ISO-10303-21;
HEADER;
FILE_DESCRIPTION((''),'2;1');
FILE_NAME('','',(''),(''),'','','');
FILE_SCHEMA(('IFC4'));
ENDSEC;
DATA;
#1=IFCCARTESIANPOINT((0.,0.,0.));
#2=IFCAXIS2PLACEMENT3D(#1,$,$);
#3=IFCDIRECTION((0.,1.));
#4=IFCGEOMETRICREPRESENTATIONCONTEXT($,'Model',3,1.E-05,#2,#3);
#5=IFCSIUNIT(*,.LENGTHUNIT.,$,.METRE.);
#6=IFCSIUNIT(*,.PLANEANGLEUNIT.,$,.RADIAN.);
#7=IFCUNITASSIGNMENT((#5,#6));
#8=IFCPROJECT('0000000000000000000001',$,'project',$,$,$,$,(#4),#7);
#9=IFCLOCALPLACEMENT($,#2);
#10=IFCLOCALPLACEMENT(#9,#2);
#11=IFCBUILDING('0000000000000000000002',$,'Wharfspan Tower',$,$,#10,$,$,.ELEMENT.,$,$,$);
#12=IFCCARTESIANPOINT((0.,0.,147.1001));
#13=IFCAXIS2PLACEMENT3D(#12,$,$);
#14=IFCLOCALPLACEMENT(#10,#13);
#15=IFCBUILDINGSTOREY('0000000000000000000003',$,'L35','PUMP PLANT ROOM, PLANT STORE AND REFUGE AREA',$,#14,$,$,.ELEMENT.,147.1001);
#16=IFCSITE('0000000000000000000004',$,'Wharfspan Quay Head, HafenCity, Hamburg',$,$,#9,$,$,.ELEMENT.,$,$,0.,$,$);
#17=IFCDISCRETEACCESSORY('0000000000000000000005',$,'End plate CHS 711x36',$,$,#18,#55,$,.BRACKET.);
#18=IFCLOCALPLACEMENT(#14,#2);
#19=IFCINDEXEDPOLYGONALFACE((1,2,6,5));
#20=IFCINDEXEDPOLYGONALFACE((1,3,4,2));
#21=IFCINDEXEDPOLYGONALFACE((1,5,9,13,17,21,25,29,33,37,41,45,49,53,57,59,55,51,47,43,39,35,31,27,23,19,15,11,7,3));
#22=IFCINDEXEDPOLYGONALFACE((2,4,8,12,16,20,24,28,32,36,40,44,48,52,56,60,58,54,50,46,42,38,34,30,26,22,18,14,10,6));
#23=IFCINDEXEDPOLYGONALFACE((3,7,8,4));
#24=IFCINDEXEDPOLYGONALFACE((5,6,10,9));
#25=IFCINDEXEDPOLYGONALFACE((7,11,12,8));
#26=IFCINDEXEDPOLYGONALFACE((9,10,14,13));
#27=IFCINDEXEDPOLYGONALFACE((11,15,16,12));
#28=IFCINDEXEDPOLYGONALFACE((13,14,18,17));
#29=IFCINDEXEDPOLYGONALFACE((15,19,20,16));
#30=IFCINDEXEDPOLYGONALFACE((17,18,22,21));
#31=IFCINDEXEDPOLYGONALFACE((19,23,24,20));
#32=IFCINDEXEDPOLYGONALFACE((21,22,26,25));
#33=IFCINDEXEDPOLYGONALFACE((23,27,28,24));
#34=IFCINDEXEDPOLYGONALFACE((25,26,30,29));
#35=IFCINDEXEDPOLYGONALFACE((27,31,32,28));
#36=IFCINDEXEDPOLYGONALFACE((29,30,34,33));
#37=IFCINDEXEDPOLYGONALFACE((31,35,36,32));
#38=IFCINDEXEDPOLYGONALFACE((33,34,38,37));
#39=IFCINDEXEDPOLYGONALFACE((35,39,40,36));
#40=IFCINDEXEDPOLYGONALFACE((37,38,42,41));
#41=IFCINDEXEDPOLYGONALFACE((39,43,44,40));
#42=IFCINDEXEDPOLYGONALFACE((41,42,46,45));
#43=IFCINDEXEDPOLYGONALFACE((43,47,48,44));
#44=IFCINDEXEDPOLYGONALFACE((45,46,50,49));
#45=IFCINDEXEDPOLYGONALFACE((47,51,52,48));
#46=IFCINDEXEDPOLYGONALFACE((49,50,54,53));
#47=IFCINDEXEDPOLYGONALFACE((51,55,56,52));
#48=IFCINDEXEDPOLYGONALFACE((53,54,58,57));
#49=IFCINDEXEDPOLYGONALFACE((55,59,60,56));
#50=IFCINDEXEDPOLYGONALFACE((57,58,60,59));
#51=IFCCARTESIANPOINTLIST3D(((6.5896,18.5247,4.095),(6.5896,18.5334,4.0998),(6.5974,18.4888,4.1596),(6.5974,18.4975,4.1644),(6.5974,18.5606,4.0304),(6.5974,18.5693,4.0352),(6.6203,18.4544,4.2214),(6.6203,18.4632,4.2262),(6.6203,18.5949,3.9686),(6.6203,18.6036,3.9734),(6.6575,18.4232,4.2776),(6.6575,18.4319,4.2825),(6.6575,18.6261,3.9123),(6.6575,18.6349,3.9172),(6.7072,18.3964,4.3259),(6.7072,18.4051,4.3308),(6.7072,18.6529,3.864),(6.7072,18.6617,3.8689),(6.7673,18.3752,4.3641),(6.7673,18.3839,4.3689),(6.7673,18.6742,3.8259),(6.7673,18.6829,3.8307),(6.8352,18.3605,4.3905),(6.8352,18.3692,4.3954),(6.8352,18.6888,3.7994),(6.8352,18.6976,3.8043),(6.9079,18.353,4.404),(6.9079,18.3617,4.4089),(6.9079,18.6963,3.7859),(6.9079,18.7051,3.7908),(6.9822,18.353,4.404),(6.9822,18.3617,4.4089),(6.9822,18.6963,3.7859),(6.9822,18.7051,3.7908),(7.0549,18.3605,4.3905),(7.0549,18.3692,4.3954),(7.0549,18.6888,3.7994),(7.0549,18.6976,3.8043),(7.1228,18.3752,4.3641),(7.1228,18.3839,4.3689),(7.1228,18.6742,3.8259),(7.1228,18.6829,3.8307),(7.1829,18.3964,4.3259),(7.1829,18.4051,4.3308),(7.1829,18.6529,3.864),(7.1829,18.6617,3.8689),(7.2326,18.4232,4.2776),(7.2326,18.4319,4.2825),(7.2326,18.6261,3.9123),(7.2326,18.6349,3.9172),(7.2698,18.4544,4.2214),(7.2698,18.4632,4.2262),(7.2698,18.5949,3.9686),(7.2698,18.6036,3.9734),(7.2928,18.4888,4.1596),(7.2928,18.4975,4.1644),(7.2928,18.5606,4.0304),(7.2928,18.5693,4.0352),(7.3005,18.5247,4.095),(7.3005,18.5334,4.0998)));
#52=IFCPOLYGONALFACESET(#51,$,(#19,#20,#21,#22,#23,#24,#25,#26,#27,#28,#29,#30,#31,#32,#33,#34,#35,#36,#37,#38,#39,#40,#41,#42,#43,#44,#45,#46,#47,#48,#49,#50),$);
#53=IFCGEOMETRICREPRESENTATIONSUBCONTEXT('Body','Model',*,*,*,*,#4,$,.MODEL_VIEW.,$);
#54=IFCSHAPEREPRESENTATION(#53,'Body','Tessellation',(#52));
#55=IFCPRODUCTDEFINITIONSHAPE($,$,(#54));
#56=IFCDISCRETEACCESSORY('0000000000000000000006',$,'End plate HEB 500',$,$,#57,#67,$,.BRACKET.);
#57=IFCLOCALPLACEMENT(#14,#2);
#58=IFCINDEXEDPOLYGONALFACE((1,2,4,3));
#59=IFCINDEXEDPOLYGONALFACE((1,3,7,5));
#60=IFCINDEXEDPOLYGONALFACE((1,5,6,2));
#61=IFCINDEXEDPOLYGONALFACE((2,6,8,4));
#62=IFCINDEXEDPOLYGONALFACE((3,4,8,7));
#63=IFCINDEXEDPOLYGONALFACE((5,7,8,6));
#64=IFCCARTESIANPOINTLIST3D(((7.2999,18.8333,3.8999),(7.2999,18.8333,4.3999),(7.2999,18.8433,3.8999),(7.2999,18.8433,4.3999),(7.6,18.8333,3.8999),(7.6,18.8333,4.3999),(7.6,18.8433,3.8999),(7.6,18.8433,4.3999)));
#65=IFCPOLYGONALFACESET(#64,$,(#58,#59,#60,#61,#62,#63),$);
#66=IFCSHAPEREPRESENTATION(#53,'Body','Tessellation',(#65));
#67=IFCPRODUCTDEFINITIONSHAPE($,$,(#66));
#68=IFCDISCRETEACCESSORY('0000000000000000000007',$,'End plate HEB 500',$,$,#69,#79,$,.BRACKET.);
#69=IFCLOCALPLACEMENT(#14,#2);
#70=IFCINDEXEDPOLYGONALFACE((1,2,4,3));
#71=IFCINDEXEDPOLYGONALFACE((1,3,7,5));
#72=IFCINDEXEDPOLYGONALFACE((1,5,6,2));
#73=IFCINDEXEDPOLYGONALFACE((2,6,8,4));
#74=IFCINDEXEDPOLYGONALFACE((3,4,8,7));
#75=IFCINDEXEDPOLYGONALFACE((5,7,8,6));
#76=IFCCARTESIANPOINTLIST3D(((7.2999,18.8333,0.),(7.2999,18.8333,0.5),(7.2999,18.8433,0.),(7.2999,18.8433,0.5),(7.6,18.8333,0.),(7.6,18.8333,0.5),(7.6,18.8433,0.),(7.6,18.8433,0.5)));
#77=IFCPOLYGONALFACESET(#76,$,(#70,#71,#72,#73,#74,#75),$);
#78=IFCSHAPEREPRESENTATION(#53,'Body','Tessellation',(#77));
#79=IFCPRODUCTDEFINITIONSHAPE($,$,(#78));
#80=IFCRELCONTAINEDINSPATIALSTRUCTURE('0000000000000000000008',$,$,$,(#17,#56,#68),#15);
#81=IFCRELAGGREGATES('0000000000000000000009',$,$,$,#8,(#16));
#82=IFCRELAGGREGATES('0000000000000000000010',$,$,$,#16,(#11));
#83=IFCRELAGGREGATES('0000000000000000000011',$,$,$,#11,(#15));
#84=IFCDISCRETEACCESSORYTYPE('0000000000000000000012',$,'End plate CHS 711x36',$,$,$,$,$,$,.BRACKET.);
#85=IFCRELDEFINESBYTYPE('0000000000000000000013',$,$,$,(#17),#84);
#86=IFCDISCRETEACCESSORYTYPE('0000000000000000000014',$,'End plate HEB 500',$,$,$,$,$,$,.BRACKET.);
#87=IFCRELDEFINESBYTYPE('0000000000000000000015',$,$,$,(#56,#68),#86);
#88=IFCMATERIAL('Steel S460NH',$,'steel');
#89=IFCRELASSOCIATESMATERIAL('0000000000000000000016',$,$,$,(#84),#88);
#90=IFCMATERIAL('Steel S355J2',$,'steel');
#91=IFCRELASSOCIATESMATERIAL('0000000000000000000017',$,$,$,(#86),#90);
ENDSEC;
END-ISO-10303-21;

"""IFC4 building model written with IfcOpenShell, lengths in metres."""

from ifc_helpers import new_model, si_unit, direction, frame, origin, origin_2d, place, context, subcontext, project, spatial, rectangle, circle, extrude, material, material_profile, profile_set, type_object, element, save


model = new_model("IFC4")

# Units and contexts
model_context = context("Model", 3, precision=1e-05, world=origin(), true_north=direction((0.0, 1.0)))
body_context = subcontext(model_context, "Body", "Model", "MODEL_VIEW")
ifc_project = project(units=[si_unit("LENGTHUNIT", "METRE"), si_unit("PLANEANGLEUNIT", "RADIAN")], contexts=[model_context])

# Site, building, storey
site_placement = place(None, origin())
site = spatial("IfcSite", under=ifc_project, at=site_placement, Name="Wharfspan Quay Head, HafenCity, Hamburg", CompositionType="ELEMENT", RefElevation=0.0)
building_placement = place(site_placement, origin())
building = spatial("IfcBuilding", under=site, at=building_placement, Name="Wharfspan Tower", CompositionType="ELEMENT")
storey_placement = place(building_placement, frame((0.0, 0.0, 147.1001)))
storey = spatial("IfcBuildingStorey", under=building, at=storey_placement, Name="L35", Description="PUMP PLANT ROOM, PLANT STORE AND REFUGE AREA", CompositionType="ELEMENT", Elevation=147.1001)

# Shared definitions
ifc_material_1 = material(Name="Steel S355J2", Category="steel")

# Shared definitions
ifc_material_2 = material(Name="Steel S460NH", Category="steel")

# Discrete accessories
ifc_material_profile_1 = material_profile(ifc_material_2, circle(Radius=0.3555, at=origin_2d()))
ifc_profile_set_1 = profile_set([ifc_material_profile_1], Name="Steel S460NH")
discrete_accessory_type_1 = type_object("IfcDiscreteAccessoryType", Name="End plate CHS 711x36", PredefinedType="BRACKET", material=ifc_profile_set_1)
discrete_accessory_1_placement = place(storey_placement, frame((6.9451, 18.5247, 4.095), z_axis=(0.0, 0.874157, 0.485643), x_axis=(-1.0, 0.0, 0.0)))
element("IfcDiscreteAccessory", 1, at=discrete_accessory_1_placement, inside=storey, type_object=discrete_accessory_type_1, Name="End plate CHS 711x36", PredefinedType="BRACKET", context=body_context, shape_type="SweptSolid", body=[
    extrude(circle(Radius=0.3555, at=origin_2d()), origin(), (0.0, 0.0, 1.0), 0.01),
])
ifc_material_profile_2 = material_profile(ifc_material_1, rectangle(XDim=0.3, YDim=0.5, at=origin_2d()))
ifc_profile_set_2 = profile_set([ifc_material_profile_2], Name="Steel S355J2")
discrete_accessory_type_2 = type_object("IfcDiscreteAccessoryType", Name="End plate HEB 500", PredefinedType="BRACKET", material=ifc_profile_set_2)
for number, where, z_axis, x_axis, name in (
    (2, (7.45, 18.8433, 4.1499), (0.0, -1.0, 0.0), (1.0, 0.0, 0.0), "End plate HEB 500"),
    (3, (7.45, 18.8433, 0.25), (0.0, -1.0, 0.0), (1.0, 0.0, 0.0), "End plate HEB 500"),
):
    element("IfcDiscreteAccessory", number, at=place(storey_placement, frame(where, z_axis=z_axis, x_axis=x_axis)), inside=storey, type_object=discrete_accessory_type_2, Name=name, PredefinedType="BRACKET", context=body_context, shape_type="SweptSolid", body=[
        extrude(rectangle(XDim=0.3, YDim=0.5, at=origin_2d()), origin(), (0.0, 0.0, 1.0), 0.01),
    ])

save(model, "model.ifc")
